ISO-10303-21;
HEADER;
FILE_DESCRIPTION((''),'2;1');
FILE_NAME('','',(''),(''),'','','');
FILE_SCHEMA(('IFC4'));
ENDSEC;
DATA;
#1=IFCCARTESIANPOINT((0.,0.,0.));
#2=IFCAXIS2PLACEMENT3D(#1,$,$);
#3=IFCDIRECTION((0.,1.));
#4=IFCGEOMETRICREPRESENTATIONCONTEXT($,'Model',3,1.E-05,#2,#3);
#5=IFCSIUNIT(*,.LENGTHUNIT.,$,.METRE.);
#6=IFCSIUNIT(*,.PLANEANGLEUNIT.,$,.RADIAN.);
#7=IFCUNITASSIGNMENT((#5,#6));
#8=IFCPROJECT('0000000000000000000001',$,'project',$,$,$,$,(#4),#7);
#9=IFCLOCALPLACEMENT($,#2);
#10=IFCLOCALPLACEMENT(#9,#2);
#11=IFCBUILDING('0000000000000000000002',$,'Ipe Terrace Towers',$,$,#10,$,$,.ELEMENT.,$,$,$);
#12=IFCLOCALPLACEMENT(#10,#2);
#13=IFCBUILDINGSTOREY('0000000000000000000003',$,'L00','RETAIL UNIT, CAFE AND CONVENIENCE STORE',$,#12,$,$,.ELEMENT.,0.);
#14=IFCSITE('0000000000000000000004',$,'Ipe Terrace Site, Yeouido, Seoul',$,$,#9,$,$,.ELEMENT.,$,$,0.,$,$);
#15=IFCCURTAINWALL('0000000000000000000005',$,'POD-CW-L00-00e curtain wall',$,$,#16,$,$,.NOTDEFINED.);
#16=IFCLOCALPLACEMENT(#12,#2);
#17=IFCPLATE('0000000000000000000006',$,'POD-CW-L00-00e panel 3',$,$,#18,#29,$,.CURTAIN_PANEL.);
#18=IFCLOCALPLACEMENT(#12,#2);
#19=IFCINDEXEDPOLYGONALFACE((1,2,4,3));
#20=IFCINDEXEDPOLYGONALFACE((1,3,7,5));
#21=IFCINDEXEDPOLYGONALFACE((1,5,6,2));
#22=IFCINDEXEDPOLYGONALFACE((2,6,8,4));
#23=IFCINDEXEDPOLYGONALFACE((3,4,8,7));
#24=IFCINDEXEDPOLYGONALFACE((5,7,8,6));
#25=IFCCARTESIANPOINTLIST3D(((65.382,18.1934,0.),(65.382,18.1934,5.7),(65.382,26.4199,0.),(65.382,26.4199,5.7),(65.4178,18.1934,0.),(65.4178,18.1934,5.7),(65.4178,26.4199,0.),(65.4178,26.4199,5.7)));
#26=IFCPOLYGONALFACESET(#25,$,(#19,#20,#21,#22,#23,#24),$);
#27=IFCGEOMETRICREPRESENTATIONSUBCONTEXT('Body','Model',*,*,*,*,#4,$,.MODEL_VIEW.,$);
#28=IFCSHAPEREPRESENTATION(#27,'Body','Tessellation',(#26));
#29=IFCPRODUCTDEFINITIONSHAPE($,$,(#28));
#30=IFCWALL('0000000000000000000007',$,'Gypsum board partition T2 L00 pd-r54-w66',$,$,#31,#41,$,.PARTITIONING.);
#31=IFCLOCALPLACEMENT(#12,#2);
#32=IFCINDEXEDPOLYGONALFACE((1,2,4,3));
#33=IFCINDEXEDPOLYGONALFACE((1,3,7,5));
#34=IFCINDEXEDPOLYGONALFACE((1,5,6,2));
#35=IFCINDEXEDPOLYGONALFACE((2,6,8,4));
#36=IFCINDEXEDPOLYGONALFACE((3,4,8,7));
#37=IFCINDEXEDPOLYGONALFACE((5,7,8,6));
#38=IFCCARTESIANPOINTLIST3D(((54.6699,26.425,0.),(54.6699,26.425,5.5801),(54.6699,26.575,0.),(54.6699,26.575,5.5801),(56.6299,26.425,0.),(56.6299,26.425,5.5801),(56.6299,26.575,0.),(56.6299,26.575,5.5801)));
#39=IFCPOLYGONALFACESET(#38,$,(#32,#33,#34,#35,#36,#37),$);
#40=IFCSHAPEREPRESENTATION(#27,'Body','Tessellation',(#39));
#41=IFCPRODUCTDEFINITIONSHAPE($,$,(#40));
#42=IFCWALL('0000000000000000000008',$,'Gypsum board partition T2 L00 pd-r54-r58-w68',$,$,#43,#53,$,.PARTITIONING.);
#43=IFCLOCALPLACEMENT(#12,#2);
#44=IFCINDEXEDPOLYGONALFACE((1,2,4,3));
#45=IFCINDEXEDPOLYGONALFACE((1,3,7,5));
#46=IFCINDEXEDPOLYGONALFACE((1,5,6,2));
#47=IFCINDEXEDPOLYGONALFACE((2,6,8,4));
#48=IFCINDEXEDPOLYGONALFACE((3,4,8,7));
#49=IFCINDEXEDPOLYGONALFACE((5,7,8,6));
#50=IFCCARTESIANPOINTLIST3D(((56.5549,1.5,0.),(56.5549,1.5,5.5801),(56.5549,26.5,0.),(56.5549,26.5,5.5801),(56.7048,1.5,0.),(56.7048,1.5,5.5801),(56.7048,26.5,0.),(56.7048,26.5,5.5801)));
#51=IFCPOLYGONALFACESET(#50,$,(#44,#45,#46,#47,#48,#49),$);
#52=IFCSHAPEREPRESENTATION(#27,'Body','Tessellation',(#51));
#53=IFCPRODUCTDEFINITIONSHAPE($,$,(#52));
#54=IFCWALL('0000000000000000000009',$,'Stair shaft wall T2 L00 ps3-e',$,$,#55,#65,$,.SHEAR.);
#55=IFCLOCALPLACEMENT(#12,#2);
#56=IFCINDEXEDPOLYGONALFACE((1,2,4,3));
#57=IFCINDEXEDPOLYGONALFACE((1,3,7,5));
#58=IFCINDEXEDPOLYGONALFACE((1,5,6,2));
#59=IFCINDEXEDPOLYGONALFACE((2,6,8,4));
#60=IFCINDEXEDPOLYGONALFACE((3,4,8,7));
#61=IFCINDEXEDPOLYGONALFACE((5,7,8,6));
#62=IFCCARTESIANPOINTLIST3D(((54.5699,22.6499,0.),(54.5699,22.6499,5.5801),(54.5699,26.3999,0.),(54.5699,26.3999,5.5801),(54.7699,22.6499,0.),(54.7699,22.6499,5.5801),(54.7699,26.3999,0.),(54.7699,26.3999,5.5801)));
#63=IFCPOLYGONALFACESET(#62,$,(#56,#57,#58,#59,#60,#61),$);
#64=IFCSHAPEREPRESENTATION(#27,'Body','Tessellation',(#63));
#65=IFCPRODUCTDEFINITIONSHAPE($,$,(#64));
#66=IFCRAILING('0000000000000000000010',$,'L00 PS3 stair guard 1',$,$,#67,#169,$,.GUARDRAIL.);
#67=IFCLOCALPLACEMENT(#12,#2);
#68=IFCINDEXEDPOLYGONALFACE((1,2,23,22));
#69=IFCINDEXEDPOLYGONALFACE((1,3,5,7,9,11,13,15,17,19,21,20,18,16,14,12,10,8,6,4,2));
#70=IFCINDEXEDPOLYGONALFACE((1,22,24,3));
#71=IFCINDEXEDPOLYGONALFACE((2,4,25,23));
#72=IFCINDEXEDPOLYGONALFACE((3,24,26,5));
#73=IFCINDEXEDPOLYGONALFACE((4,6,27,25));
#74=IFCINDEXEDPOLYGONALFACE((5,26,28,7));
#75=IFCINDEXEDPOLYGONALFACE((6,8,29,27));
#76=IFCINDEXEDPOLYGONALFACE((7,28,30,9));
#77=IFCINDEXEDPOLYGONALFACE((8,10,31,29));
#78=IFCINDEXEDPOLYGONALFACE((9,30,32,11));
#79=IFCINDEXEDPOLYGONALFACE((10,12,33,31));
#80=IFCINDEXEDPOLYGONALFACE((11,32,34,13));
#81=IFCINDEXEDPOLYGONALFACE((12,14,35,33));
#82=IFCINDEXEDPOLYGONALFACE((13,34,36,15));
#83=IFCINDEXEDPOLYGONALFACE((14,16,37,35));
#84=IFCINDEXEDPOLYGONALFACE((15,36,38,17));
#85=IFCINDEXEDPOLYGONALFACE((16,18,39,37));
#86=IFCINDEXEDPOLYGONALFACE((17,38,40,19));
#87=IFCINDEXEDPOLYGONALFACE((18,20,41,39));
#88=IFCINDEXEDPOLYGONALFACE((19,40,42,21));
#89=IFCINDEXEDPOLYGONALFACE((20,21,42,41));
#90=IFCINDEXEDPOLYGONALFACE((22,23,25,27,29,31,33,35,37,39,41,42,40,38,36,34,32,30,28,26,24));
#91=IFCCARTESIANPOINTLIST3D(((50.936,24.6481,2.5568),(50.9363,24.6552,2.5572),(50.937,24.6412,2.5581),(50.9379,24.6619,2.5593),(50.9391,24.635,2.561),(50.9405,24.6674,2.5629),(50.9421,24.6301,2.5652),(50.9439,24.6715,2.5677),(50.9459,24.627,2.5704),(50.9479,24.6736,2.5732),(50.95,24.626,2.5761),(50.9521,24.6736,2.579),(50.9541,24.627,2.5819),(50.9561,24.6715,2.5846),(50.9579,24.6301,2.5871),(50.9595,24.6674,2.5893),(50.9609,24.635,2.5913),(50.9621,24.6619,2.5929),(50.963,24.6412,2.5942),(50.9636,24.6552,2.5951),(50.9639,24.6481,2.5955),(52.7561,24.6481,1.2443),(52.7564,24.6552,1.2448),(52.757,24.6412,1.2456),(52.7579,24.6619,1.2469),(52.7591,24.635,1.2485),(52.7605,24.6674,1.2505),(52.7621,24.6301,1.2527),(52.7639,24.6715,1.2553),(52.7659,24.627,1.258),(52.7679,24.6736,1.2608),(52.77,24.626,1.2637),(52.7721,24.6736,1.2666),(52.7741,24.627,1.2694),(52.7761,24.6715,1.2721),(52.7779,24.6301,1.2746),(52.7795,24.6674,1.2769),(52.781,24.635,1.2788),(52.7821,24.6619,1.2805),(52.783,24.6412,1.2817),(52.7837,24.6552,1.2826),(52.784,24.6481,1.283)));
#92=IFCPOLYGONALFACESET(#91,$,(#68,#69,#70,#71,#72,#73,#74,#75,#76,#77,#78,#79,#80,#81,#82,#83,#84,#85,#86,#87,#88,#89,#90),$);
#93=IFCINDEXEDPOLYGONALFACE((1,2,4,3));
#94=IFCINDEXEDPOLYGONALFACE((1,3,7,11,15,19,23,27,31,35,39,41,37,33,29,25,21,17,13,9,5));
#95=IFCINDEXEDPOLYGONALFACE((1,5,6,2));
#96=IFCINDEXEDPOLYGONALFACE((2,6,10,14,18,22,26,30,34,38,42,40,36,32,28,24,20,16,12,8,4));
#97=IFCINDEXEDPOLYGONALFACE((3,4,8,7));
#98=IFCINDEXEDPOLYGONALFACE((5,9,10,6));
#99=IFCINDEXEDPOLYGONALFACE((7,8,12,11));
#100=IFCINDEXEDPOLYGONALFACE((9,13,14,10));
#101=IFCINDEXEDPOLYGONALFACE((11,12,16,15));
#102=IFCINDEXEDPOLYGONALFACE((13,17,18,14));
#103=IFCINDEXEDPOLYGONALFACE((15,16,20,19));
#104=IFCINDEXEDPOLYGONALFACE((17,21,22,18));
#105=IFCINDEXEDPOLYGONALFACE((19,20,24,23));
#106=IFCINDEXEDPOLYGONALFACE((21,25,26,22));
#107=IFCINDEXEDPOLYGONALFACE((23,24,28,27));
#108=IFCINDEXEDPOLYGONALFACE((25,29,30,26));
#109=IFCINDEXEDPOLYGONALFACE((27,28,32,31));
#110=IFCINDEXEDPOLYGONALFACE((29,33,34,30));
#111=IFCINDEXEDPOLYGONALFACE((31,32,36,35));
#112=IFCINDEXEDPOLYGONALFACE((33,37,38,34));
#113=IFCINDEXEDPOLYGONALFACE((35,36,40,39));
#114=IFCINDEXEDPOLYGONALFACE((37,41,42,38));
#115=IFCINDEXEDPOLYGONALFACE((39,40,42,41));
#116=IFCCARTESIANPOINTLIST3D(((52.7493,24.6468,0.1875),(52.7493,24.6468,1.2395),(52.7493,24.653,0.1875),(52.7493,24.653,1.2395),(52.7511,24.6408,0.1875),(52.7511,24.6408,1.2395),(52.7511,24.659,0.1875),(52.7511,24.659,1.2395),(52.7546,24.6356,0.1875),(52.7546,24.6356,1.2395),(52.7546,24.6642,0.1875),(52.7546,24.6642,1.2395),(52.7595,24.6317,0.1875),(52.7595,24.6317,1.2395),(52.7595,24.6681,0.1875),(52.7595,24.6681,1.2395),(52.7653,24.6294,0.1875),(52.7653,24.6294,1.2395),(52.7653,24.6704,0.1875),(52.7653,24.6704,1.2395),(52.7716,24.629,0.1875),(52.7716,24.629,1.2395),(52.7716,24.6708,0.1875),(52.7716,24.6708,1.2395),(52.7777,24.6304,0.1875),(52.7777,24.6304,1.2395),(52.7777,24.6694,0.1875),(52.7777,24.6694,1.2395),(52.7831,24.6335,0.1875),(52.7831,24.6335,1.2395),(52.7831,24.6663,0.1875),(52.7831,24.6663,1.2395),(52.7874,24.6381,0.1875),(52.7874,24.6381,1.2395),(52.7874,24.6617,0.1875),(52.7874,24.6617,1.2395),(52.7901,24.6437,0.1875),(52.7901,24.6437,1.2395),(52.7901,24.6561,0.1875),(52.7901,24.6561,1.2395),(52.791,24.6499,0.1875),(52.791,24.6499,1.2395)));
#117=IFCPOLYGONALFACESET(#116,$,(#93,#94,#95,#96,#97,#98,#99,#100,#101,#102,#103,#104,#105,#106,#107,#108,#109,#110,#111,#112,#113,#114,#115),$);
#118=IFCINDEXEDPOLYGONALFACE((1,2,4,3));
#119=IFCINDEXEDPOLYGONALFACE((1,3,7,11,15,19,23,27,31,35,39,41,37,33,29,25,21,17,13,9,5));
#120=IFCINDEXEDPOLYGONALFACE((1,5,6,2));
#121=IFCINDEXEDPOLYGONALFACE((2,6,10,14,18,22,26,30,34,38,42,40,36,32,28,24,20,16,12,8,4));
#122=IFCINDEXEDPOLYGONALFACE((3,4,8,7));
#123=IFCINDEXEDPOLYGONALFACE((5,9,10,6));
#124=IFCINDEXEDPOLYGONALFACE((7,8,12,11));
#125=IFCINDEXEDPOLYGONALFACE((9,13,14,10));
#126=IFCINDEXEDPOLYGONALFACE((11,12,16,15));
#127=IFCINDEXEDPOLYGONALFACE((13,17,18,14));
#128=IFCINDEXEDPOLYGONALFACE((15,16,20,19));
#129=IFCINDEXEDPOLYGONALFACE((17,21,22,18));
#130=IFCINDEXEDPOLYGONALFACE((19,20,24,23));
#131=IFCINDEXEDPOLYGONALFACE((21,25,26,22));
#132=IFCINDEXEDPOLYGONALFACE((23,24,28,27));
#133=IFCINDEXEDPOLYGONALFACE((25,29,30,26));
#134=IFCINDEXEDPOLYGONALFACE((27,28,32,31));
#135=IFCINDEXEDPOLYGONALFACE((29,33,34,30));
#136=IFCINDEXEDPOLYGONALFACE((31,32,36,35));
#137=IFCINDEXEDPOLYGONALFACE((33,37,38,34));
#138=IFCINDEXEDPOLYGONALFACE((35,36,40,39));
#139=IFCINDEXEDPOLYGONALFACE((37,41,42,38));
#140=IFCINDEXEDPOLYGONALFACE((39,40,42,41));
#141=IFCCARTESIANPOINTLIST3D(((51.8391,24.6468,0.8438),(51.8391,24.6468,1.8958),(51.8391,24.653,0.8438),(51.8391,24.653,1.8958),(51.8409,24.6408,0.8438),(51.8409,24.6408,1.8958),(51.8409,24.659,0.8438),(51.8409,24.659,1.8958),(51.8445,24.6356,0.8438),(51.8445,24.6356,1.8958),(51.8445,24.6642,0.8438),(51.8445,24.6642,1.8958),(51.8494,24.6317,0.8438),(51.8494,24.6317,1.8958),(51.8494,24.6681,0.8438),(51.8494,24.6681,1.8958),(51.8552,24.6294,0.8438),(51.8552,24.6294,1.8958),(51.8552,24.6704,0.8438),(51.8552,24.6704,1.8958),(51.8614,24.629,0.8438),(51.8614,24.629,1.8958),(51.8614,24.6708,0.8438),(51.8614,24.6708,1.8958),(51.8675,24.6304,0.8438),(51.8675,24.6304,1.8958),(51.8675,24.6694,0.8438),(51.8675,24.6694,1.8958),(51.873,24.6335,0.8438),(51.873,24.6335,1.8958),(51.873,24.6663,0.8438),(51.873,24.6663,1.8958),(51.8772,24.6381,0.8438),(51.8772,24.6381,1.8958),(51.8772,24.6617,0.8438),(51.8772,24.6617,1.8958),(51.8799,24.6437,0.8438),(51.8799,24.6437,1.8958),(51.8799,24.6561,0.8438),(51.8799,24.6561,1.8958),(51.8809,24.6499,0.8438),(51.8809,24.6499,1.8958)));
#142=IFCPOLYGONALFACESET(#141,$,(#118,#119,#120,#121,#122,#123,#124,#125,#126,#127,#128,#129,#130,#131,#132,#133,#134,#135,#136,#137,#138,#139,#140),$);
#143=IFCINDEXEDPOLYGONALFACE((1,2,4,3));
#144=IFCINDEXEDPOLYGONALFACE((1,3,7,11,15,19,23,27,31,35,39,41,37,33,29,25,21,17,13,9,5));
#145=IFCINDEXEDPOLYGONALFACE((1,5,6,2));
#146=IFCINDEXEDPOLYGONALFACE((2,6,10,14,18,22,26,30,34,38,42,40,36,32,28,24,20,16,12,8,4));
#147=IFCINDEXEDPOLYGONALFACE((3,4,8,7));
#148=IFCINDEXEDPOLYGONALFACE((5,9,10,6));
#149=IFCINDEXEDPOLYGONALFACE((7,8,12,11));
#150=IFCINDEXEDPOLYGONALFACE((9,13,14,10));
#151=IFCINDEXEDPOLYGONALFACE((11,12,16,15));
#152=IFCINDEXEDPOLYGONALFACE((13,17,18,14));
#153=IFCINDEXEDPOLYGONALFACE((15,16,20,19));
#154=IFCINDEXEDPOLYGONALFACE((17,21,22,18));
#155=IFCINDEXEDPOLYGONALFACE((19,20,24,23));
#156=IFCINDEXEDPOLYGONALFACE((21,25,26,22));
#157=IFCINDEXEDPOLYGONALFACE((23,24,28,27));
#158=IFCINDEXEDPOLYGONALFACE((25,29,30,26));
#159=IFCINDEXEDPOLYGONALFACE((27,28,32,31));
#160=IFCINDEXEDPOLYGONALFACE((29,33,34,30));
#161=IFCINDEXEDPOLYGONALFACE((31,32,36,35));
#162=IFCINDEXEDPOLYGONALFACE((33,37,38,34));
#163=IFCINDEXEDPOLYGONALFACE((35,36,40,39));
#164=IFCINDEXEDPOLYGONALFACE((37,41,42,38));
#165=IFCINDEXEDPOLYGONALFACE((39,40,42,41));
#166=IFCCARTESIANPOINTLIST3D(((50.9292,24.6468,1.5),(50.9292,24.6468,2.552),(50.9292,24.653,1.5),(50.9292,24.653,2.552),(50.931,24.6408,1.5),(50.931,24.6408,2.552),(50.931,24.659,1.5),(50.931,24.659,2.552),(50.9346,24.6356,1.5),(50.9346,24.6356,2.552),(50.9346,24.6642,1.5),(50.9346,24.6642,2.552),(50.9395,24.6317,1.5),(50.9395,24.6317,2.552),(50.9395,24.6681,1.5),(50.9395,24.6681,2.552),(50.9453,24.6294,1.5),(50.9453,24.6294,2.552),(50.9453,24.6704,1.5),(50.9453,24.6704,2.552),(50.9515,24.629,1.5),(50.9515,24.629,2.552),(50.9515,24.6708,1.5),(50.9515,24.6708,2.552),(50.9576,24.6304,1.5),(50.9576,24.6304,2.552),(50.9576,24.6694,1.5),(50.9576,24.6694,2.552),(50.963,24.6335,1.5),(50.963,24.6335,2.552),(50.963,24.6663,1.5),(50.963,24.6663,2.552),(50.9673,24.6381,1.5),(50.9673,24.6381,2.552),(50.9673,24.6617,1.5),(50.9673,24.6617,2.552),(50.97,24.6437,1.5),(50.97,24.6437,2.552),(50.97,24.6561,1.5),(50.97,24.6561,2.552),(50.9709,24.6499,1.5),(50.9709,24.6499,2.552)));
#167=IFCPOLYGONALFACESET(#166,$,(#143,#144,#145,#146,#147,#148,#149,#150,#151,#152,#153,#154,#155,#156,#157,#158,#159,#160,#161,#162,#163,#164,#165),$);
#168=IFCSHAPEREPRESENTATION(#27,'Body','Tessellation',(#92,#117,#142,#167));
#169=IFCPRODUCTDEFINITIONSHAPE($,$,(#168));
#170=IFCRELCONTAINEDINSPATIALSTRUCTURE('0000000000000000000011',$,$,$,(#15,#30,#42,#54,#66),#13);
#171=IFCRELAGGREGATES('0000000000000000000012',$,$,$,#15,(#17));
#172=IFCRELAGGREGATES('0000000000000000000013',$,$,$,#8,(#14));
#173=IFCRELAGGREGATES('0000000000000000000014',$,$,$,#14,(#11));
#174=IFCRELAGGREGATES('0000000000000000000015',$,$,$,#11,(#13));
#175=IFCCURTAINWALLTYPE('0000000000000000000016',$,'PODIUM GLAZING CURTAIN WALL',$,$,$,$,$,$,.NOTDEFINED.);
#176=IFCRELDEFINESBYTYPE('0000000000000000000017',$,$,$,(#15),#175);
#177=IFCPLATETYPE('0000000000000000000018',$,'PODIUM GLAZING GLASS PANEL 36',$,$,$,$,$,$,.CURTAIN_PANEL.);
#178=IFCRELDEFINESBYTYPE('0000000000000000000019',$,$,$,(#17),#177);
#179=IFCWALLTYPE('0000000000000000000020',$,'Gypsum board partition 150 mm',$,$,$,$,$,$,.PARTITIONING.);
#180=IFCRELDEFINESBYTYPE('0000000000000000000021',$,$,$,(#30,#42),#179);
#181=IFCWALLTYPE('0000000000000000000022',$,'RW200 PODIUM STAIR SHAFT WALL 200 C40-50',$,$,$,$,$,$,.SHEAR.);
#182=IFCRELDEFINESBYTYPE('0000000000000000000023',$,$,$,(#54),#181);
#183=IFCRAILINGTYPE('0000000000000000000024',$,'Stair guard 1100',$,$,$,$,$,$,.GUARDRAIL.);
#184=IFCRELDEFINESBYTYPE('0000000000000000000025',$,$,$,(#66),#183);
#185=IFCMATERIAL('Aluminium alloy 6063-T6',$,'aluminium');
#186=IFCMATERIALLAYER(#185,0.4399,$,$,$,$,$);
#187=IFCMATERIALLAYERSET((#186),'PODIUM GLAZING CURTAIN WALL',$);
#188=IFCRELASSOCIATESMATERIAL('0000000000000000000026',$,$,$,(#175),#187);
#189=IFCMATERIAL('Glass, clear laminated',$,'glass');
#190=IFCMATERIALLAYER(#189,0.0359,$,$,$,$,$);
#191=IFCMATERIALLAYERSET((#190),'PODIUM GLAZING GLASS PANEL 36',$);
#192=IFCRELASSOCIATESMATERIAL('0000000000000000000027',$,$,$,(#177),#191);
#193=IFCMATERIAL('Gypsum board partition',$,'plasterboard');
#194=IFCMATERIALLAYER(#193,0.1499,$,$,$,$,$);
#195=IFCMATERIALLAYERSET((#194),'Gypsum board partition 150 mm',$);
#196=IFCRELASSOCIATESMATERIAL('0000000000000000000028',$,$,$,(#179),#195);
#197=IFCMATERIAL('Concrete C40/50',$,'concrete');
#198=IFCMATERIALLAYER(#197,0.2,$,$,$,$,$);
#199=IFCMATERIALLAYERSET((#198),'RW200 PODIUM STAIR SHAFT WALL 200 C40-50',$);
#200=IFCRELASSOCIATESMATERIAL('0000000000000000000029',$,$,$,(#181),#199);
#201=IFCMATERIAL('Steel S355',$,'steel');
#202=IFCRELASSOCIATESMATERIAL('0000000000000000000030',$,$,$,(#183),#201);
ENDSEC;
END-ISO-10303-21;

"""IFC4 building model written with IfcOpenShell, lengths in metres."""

from ifc_helpers import new_model, si_unit, direction, frame, frame_2d, origin, origin_2d, place, context, subcontext, project, spatial, rectangle, circle, extrude, material, layer, layer_set, type_object, element, aggregate, save


model = new_model("IFC4")

# Units and contexts
model_context = context("Model", 3, precision=1e-05, world=origin(), true_north=direction((0.0, 1.0)))
body_context = subcontext(model_context, "Body", "Model", "MODEL_VIEW")
ifc_project = project(units=[si_unit("LENGTHUNIT", "METRE"), si_unit("PLANEANGLEUNIT", "RADIAN")], contexts=[model_context])

# Site, building, storey
site_placement = place(None, origin())
site = spatial("IfcSite", under=ifc_project, at=site_placement, Name="Ipe Terrace Site, Yeouido, Seoul", CompositionType="ELEMENT", RefElevation=0.0)
building_placement = place(site_placement, origin())
building = spatial("IfcBuilding", under=site, at=building_placement, Name="Ipe Terrace Towers", CompositionType="ELEMENT")
storey_placement = place(building_placement, origin())
storey = spatial("IfcBuildingStorey", under=building, at=storey_placement, Name="L00", Description="RETAIL UNIT, CAFE AND CONVENIENCE STORE", CompositionType="ELEMENT", Elevation=0.0)

# Curtain wall, plate
ifc_material_1 = material(Name="Aluminium alloy 6063-T6", Category="aluminium")
ifc_layer_1 = layer(ifc_material_1, 0.4399)
ifc_layer_set_1 = layer_set([ifc_layer_1], Name="PODIUM GLAZING CURTAIN WALL")
curtain_wall_type = type_object("IfcCurtainWallType", Name="PODIUM GLAZING CURTAIN WALL", PredefinedType="NOTDEFINED", material=ifc_layer_set_1)
curtain_wall_placement = place(storey_placement, origin())
curtain_wall = element("IfcCurtainWall", 1, at=curtain_wall_placement, inside=storey, type_object=curtain_wall_type, Name="POD-CW-L00-00e curtain wall", PredefinedType="NOTDEFINED")
ifc_material_2 = material(Name="Glass, clear laminated", Category="glass")
ifc_layer_2 = layer(ifc_material_2, 0.0359)
ifc_layer_set_2 = layer_set([ifc_layer_2], Name="PODIUM GLAZING GLASS PANEL 36")
plate_type = type_object("IfcPlateType", Name="PODIUM GLAZING GLASS PANEL 36", PredefinedType="CURTAIN_PANEL", material=ifc_layer_set_2)
plate_placement = place(storey_placement, frame((65.3999, 22.3066, 0.0), z_axis=(0.0, 0.0, 1.0), x_axis=(0.0, 1.0, 0.0)))
plate = element("IfcPlate", 2, at=plate_placement, type_object=plate_type, Name="POD-CW-L00-00e panel 3", PredefinedType="CURTAIN_PANEL", context=body_context, shape_type="SweptSolid", body=[
    extrude(rectangle(XDim=8.2266, YDim=0.0359, at=origin_2d()), origin(), (0.0, 0.0, 1.0), 5.7),
])
aggregate(curtain_wall, [plate])

# Walls
ifc_material_3 = material(Name="Gypsum board partition", Category="plasterboard")
ifc_layer_3 = layer(ifc_material_3, 0.1499)
ifc_layer_set_3 = layer_set([ifc_layer_3], Name="Gypsum board partition 150 mm")
wall_type_1 = type_object("IfcWallType", Name="Gypsum board partition 150 mm", PredefinedType="PARTITIONING", material=ifc_layer_set_3)
wall_1_placement = place(storey_placement, frame((54.6699, 26.5, 0.0), z_axis=(0.0, 0.0, 1.0), x_axis=(1.0, 0.0, 0.0)))
element("IfcWall", 3, at=wall_1_placement, inside=storey, type_object=wall_type_1, Name="Gypsum board partition T2 L00 pd-r54-w66", PredefinedType="PARTITIONING", context=body_context, shape_type="SweptSolid", body=[
    extrude(rectangle(XDim=1.96, YDim=0.1499, at=frame_2d((0.98, 0.0))), origin(), (0.0, 0.0, 1.0), 5.5801),
])
wall_2_placement = place(storey_placement, frame((56.6299, 26.5, 0.0), z_axis=(0.0, 0.0, 1.0), x_axis=(0.0, -1.0, 0.0)))
element("IfcWall", 4, at=wall_2_placement, inside=storey, type_object=wall_type_1, Name="Gypsum board partition T2 L00 pd-r54-r58-w68", PredefinedType="PARTITIONING", context=body_context, shape_type="SweptSolid", body=[
    extrude(rectangle(XDim=25.0, YDim=0.1499, at=frame_2d((12.5, 0.0))), origin(), (0.0, 0.0, 1.0), 5.5801),
])
ifc_material_4 = material(Name="Concrete C40/50", Category="concrete")
ifc_layer_4 = layer(ifc_material_4, 0.2)
ifc_layer_set_4 = layer_set([ifc_layer_4], Name="RW200 PODIUM STAIR SHAFT WALL 200 C40-50")
wall_type_2 = type_object("IfcWallType", Name="RW200 PODIUM STAIR SHAFT WALL 200 C40-50", PredefinedType="SHEAR", material=ifc_layer_set_4)
wall_3_placement = place(storey_placement, frame((54.6699, 22.6499, 0.0), z_axis=(0.0, 0.0, 1.0), x_axis=(0.0, 1.0, 0.0)))
element("IfcWall", 5, at=wall_3_placement, inside=storey, type_object=wall_type_2, Name="Stair shaft wall T2 L00 ps3-e", PredefinedType="SHEAR", context=body_context, shape_type="SweptSolid", body=[
    extrude(rectangle(XDim=3.75, YDim=0.2, at=frame_2d((1.875, 0.0))), origin(), (0.0, 0.0, 1.0), 5.5801),
])

# Railing
ifc_material_5 = material(Name="Steel S355", Category="steel")
railing_type_1 = type_object("IfcRailingType", Name="Stair guard 1100", PredefinedType="GUARDRAIL", material=ifc_material_5)
railing_1_placement = place(storey_placement, frame((52.77, 24.6499, 0.1875)))
element("IfcRailing", 6, at=railing_1_placement, inside=storey, type_object=railing_type_1, Name="L00 PS3 stair guard 1", PredefinedType="GUARDRAIL", context=body_context, shape_type="SweptSolid", body=[
    extrude(circle(Radius=0.0239, at=origin_2d()), frame((0.0, 0.0, 1.0762), z_axis=(-0.811101, 0.0, 0.584906), x_axis=(0.0, -1.0, 0.0)), (0.0, 0.0, 1.0), 2.2439),
    extrude(circle(Radius=0.021, at=origin_2d()), origin(), (0.0, 0.0, 1.0), 1.052),
    extrude(circle(Radius=0.021, at=origin_2d()), frame((-0.9102, 0.0, 0.6562)), (0.0, 0.0, 1.0), 1.052),
    extrude(circle(Radius=0.021, at=origin_2d()), frame((-1.8201, 0.0, 1.3125)), (0.0, 0.0, 1.0), 1.052),
])

save(model, "model.ifc")
